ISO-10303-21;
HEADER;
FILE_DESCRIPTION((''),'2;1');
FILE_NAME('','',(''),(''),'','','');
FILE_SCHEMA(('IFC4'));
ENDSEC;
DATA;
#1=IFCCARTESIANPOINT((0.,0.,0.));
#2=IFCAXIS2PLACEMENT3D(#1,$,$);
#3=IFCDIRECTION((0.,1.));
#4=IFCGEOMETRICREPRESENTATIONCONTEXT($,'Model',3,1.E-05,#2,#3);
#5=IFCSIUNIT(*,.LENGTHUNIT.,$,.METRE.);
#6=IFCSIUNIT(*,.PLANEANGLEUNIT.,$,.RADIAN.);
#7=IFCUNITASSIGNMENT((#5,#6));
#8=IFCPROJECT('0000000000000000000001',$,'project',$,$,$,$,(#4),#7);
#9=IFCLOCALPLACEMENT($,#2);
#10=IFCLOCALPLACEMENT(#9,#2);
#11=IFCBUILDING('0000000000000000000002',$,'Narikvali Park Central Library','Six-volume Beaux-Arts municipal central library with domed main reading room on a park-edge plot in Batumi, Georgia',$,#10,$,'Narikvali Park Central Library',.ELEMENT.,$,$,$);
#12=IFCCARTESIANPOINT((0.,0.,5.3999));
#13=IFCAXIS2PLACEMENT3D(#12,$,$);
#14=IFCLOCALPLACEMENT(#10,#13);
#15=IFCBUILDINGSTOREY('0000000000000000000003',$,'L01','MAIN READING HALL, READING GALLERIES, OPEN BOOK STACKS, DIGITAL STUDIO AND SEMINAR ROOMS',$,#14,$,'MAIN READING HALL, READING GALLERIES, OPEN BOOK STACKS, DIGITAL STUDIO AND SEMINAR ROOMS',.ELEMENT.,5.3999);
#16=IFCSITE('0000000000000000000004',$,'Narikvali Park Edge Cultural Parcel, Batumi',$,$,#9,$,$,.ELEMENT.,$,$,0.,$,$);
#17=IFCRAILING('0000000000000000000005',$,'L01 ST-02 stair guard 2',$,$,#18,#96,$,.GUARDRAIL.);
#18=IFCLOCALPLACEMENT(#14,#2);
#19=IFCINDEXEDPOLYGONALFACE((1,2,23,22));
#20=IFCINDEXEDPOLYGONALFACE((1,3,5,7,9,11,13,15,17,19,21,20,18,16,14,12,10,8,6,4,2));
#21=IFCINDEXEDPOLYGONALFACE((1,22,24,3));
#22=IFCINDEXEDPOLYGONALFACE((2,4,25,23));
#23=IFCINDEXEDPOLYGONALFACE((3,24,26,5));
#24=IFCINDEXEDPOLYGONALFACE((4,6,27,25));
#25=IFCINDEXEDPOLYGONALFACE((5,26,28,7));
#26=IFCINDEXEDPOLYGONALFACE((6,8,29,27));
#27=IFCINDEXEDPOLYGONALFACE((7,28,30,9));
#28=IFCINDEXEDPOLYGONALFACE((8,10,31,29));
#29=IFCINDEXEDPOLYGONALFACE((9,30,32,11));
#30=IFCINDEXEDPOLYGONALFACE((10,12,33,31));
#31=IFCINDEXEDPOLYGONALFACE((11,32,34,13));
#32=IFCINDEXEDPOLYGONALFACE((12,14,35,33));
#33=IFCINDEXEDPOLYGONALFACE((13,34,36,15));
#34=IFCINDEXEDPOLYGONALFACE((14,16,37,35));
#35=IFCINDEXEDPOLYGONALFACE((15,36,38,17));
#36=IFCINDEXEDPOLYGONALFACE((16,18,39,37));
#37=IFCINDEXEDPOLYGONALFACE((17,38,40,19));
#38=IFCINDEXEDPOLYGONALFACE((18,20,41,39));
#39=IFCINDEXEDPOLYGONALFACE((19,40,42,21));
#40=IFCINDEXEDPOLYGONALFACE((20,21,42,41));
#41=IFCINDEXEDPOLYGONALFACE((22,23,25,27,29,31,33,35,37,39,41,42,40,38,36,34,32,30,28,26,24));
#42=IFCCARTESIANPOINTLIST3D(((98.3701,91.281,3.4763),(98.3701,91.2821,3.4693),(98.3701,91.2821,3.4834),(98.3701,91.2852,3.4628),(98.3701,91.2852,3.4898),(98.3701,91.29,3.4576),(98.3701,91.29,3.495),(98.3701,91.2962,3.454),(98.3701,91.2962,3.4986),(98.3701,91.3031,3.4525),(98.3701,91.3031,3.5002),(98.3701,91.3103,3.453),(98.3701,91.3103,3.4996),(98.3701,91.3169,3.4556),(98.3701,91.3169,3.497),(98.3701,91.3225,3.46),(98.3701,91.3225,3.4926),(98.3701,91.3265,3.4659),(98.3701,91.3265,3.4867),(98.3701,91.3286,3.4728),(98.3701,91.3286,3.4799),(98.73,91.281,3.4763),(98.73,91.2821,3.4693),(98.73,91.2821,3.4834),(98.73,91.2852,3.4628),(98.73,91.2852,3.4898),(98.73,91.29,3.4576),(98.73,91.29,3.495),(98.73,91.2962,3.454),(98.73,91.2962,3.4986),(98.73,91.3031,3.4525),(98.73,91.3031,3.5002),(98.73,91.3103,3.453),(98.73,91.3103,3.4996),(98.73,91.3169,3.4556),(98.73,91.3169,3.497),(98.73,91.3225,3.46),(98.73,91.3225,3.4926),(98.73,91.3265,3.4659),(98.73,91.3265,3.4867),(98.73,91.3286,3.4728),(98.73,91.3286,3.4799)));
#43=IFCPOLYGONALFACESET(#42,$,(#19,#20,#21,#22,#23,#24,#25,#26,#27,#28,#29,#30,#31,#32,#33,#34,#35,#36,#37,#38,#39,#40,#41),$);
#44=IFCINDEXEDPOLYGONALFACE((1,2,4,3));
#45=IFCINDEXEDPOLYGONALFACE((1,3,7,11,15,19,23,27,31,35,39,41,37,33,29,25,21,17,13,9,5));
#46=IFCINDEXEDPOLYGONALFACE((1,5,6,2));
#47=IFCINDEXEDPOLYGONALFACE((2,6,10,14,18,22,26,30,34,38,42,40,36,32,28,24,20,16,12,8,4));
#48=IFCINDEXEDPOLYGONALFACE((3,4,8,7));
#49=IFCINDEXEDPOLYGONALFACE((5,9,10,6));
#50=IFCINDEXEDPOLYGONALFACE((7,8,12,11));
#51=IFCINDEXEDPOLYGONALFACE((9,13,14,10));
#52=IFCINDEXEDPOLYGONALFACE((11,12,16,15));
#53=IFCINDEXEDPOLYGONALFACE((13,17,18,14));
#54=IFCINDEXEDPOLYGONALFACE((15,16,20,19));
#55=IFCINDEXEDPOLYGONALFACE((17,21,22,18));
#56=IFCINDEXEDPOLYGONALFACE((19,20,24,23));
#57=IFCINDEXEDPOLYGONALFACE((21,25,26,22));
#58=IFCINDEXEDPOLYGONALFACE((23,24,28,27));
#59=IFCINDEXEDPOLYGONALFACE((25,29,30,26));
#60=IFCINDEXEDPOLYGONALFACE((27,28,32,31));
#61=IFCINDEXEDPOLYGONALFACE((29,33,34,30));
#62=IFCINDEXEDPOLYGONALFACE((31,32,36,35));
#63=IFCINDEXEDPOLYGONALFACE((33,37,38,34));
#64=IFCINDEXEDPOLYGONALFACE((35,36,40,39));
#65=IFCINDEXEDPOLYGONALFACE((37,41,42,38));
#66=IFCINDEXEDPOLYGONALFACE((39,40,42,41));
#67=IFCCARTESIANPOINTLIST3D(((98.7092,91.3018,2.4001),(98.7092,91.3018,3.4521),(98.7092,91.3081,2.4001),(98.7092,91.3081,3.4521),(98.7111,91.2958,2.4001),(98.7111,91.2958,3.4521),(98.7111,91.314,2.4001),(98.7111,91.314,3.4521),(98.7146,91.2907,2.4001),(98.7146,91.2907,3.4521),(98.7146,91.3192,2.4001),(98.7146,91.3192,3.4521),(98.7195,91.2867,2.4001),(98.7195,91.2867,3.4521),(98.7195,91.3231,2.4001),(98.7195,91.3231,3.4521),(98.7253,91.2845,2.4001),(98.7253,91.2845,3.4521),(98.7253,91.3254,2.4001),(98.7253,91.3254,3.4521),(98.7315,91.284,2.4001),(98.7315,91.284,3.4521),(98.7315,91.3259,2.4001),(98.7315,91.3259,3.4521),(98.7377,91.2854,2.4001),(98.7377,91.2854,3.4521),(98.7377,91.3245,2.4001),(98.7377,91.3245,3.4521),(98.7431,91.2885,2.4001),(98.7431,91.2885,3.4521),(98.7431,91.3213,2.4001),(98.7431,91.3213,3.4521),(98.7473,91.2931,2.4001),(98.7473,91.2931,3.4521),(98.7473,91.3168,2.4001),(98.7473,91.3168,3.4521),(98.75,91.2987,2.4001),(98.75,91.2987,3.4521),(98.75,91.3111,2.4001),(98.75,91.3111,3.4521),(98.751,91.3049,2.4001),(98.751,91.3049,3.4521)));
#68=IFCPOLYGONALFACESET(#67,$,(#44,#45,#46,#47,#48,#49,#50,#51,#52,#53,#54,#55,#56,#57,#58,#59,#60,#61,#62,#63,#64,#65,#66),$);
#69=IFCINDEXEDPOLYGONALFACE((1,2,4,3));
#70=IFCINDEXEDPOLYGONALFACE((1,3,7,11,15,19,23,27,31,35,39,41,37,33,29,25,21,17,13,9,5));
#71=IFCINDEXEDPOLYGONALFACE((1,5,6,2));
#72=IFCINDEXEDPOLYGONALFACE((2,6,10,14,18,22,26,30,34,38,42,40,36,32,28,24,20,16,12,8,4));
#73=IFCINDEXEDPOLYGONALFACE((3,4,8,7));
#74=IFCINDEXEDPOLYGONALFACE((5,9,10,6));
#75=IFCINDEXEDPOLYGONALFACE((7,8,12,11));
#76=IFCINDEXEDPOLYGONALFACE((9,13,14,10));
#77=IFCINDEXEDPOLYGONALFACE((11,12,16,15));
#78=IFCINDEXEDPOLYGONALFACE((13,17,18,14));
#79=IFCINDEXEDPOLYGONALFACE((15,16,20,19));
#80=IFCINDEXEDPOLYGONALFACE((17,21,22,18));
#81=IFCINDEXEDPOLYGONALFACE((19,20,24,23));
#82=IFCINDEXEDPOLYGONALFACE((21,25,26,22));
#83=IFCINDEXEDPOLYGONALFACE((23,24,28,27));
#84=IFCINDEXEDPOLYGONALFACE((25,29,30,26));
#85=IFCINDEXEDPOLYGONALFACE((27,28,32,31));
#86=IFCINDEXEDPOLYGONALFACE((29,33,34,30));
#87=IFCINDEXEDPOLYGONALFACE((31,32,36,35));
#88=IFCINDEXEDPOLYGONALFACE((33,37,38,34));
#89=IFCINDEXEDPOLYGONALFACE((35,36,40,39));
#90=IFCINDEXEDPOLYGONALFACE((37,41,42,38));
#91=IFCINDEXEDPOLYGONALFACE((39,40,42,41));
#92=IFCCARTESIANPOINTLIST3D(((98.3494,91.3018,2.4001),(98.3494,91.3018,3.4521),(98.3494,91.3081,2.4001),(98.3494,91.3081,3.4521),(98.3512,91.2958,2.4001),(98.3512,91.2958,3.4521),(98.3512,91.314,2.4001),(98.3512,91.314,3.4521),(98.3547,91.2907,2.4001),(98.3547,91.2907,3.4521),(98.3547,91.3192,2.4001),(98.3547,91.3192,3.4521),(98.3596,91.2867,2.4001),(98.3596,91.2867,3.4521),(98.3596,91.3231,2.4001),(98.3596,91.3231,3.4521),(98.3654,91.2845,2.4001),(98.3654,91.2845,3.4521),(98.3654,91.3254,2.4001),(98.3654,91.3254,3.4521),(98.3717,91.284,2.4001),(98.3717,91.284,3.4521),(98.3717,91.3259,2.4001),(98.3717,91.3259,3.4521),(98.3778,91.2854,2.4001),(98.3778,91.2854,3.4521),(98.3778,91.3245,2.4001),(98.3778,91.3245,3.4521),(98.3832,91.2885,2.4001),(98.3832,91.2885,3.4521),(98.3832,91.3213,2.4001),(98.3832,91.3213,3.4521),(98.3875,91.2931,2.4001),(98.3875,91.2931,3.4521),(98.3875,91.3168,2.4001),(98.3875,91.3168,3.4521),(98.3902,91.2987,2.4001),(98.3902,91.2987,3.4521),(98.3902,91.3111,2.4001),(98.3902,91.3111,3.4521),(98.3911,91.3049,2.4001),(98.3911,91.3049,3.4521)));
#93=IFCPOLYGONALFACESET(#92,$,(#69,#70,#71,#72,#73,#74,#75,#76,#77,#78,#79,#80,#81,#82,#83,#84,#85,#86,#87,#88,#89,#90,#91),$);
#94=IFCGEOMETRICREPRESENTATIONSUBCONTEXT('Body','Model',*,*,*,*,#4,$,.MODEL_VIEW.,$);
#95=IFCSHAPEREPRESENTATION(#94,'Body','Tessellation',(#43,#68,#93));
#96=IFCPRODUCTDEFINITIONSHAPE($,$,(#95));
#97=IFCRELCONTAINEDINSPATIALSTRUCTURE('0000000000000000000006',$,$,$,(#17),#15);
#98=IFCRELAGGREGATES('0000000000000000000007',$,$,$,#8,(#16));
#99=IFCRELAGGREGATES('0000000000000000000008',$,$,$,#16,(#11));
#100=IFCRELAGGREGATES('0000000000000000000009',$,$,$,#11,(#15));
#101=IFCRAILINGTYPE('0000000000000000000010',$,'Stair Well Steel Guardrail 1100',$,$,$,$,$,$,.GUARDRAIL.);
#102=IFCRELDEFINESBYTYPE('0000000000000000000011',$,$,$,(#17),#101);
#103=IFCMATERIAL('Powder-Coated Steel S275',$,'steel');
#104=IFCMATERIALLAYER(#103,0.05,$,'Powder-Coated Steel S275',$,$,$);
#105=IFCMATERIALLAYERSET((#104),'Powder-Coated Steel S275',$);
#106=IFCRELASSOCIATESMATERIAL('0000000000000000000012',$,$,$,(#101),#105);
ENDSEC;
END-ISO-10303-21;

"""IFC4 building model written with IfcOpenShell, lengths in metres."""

from ifc_helpers import new_model, si_unit, direction, frame, origin, origin_2d, place, context, subcontext, project, spatial, circle, extrude, material, layer, layer_set, type_object, element, save


model = new_model("IFC4")

# Units and contexts
model_context = context("Model", 3, precision=1e-05, world=origin(), true_north=direction((0.0, 1.0)))
body_context = subcontext(model_context, "Body", "Model", "MODEL_VIEW")
ifc_project = project(units=[si_unit("LENGTHUNIT", "METRE"), si_unit("PLANEANGLEUNIT", "RADIAN")], contexts=[model_context])

# Site, building, storey
site_placement = place(None, origin())
site = spatial("IfcSite", under=ifc_project, at=site_placement, Name="Narikvali Park Edge Cultural Parcel, Batumi", CompositionType="ELEMENT", RefElevation=0.0)
building_placement = place(site_placement, origin())
building = spatial("IfcBuilding", under=site, at=building_placement, Name="Narikvali Park Central Library", Description="Six-volume Beaux-Arts municipal central library with domed main reading room on a park-edge plot in Batumi, Georgia", LongName="Narikvali Park Central Library", CompositionType="ELEMENT")
storey_placement = place(building_placement, frame((0.0, 0.0, 5.3999)))
storey = spatial("IfcBuildingStorey", under=building, at=storey_placement, Name="L01", Description="MAIN READING HALL, READING GALLERIES, OPEN BOOK STACKS, DIGITAL STUDIO AND SEMINAR ROOMS", LongName="MAIN READING HALL, READING GALLERIES, OPEN BOOK STACKS, DIGITAL STUDIO AND SEMINAR ROOMS", CompositionType="ELEMENT", Elevation=5.3999)

# Railing
ifc_material_1 = material(Name="Powder-Coated Steel S275", Category="steel")
ifc_layer_1 = layer(ifc_material_1, 0.05, Name="Powder-Coated Steel S275")
ifc_layer_set_1 = layer_set([ifc_layer_1], Name="Powder-Coated Steel S275")
railing_type = type_object("IfcRailingType", Name="Stair Well Steel Guardrail 1100", PredefinedType="GUARDRAIL", material=ifc_layer_set_1)
railing_1_placement = place(storey_placement, frame((98.73, 91.3049, 2.4001)))
element("IfcRailing", 1, at=railing_1_placement, inside=storey, type_object=railing_type, Name="L01 ST-02 stair guard 2", PredefinedType="GUARDRAIL", context=body_context, shape_type="SweptSolid", body=[
    extrude(circle(Radius=0.0239, at=origin_2d()), frame((0.0, 0.0, 1.0762), z_axis=(-1.0, 0.0, 0.0), x_axis=(0.0, -1.0, 0.0)), (0.0, 0.0, 1.0), 0.3599),
    extrude(circle(Radius=0.021, at=origin_2d()), origin(), (0.0, 0.0, 1.0), 1.052),
    extrude(circle(Radius=0.021, at=origin_2d()), frame((-0.3599, 0.0, 0.0)), (0.0, 0.0, 1.0), 1.052),
])

save(model, "model.ifc")
